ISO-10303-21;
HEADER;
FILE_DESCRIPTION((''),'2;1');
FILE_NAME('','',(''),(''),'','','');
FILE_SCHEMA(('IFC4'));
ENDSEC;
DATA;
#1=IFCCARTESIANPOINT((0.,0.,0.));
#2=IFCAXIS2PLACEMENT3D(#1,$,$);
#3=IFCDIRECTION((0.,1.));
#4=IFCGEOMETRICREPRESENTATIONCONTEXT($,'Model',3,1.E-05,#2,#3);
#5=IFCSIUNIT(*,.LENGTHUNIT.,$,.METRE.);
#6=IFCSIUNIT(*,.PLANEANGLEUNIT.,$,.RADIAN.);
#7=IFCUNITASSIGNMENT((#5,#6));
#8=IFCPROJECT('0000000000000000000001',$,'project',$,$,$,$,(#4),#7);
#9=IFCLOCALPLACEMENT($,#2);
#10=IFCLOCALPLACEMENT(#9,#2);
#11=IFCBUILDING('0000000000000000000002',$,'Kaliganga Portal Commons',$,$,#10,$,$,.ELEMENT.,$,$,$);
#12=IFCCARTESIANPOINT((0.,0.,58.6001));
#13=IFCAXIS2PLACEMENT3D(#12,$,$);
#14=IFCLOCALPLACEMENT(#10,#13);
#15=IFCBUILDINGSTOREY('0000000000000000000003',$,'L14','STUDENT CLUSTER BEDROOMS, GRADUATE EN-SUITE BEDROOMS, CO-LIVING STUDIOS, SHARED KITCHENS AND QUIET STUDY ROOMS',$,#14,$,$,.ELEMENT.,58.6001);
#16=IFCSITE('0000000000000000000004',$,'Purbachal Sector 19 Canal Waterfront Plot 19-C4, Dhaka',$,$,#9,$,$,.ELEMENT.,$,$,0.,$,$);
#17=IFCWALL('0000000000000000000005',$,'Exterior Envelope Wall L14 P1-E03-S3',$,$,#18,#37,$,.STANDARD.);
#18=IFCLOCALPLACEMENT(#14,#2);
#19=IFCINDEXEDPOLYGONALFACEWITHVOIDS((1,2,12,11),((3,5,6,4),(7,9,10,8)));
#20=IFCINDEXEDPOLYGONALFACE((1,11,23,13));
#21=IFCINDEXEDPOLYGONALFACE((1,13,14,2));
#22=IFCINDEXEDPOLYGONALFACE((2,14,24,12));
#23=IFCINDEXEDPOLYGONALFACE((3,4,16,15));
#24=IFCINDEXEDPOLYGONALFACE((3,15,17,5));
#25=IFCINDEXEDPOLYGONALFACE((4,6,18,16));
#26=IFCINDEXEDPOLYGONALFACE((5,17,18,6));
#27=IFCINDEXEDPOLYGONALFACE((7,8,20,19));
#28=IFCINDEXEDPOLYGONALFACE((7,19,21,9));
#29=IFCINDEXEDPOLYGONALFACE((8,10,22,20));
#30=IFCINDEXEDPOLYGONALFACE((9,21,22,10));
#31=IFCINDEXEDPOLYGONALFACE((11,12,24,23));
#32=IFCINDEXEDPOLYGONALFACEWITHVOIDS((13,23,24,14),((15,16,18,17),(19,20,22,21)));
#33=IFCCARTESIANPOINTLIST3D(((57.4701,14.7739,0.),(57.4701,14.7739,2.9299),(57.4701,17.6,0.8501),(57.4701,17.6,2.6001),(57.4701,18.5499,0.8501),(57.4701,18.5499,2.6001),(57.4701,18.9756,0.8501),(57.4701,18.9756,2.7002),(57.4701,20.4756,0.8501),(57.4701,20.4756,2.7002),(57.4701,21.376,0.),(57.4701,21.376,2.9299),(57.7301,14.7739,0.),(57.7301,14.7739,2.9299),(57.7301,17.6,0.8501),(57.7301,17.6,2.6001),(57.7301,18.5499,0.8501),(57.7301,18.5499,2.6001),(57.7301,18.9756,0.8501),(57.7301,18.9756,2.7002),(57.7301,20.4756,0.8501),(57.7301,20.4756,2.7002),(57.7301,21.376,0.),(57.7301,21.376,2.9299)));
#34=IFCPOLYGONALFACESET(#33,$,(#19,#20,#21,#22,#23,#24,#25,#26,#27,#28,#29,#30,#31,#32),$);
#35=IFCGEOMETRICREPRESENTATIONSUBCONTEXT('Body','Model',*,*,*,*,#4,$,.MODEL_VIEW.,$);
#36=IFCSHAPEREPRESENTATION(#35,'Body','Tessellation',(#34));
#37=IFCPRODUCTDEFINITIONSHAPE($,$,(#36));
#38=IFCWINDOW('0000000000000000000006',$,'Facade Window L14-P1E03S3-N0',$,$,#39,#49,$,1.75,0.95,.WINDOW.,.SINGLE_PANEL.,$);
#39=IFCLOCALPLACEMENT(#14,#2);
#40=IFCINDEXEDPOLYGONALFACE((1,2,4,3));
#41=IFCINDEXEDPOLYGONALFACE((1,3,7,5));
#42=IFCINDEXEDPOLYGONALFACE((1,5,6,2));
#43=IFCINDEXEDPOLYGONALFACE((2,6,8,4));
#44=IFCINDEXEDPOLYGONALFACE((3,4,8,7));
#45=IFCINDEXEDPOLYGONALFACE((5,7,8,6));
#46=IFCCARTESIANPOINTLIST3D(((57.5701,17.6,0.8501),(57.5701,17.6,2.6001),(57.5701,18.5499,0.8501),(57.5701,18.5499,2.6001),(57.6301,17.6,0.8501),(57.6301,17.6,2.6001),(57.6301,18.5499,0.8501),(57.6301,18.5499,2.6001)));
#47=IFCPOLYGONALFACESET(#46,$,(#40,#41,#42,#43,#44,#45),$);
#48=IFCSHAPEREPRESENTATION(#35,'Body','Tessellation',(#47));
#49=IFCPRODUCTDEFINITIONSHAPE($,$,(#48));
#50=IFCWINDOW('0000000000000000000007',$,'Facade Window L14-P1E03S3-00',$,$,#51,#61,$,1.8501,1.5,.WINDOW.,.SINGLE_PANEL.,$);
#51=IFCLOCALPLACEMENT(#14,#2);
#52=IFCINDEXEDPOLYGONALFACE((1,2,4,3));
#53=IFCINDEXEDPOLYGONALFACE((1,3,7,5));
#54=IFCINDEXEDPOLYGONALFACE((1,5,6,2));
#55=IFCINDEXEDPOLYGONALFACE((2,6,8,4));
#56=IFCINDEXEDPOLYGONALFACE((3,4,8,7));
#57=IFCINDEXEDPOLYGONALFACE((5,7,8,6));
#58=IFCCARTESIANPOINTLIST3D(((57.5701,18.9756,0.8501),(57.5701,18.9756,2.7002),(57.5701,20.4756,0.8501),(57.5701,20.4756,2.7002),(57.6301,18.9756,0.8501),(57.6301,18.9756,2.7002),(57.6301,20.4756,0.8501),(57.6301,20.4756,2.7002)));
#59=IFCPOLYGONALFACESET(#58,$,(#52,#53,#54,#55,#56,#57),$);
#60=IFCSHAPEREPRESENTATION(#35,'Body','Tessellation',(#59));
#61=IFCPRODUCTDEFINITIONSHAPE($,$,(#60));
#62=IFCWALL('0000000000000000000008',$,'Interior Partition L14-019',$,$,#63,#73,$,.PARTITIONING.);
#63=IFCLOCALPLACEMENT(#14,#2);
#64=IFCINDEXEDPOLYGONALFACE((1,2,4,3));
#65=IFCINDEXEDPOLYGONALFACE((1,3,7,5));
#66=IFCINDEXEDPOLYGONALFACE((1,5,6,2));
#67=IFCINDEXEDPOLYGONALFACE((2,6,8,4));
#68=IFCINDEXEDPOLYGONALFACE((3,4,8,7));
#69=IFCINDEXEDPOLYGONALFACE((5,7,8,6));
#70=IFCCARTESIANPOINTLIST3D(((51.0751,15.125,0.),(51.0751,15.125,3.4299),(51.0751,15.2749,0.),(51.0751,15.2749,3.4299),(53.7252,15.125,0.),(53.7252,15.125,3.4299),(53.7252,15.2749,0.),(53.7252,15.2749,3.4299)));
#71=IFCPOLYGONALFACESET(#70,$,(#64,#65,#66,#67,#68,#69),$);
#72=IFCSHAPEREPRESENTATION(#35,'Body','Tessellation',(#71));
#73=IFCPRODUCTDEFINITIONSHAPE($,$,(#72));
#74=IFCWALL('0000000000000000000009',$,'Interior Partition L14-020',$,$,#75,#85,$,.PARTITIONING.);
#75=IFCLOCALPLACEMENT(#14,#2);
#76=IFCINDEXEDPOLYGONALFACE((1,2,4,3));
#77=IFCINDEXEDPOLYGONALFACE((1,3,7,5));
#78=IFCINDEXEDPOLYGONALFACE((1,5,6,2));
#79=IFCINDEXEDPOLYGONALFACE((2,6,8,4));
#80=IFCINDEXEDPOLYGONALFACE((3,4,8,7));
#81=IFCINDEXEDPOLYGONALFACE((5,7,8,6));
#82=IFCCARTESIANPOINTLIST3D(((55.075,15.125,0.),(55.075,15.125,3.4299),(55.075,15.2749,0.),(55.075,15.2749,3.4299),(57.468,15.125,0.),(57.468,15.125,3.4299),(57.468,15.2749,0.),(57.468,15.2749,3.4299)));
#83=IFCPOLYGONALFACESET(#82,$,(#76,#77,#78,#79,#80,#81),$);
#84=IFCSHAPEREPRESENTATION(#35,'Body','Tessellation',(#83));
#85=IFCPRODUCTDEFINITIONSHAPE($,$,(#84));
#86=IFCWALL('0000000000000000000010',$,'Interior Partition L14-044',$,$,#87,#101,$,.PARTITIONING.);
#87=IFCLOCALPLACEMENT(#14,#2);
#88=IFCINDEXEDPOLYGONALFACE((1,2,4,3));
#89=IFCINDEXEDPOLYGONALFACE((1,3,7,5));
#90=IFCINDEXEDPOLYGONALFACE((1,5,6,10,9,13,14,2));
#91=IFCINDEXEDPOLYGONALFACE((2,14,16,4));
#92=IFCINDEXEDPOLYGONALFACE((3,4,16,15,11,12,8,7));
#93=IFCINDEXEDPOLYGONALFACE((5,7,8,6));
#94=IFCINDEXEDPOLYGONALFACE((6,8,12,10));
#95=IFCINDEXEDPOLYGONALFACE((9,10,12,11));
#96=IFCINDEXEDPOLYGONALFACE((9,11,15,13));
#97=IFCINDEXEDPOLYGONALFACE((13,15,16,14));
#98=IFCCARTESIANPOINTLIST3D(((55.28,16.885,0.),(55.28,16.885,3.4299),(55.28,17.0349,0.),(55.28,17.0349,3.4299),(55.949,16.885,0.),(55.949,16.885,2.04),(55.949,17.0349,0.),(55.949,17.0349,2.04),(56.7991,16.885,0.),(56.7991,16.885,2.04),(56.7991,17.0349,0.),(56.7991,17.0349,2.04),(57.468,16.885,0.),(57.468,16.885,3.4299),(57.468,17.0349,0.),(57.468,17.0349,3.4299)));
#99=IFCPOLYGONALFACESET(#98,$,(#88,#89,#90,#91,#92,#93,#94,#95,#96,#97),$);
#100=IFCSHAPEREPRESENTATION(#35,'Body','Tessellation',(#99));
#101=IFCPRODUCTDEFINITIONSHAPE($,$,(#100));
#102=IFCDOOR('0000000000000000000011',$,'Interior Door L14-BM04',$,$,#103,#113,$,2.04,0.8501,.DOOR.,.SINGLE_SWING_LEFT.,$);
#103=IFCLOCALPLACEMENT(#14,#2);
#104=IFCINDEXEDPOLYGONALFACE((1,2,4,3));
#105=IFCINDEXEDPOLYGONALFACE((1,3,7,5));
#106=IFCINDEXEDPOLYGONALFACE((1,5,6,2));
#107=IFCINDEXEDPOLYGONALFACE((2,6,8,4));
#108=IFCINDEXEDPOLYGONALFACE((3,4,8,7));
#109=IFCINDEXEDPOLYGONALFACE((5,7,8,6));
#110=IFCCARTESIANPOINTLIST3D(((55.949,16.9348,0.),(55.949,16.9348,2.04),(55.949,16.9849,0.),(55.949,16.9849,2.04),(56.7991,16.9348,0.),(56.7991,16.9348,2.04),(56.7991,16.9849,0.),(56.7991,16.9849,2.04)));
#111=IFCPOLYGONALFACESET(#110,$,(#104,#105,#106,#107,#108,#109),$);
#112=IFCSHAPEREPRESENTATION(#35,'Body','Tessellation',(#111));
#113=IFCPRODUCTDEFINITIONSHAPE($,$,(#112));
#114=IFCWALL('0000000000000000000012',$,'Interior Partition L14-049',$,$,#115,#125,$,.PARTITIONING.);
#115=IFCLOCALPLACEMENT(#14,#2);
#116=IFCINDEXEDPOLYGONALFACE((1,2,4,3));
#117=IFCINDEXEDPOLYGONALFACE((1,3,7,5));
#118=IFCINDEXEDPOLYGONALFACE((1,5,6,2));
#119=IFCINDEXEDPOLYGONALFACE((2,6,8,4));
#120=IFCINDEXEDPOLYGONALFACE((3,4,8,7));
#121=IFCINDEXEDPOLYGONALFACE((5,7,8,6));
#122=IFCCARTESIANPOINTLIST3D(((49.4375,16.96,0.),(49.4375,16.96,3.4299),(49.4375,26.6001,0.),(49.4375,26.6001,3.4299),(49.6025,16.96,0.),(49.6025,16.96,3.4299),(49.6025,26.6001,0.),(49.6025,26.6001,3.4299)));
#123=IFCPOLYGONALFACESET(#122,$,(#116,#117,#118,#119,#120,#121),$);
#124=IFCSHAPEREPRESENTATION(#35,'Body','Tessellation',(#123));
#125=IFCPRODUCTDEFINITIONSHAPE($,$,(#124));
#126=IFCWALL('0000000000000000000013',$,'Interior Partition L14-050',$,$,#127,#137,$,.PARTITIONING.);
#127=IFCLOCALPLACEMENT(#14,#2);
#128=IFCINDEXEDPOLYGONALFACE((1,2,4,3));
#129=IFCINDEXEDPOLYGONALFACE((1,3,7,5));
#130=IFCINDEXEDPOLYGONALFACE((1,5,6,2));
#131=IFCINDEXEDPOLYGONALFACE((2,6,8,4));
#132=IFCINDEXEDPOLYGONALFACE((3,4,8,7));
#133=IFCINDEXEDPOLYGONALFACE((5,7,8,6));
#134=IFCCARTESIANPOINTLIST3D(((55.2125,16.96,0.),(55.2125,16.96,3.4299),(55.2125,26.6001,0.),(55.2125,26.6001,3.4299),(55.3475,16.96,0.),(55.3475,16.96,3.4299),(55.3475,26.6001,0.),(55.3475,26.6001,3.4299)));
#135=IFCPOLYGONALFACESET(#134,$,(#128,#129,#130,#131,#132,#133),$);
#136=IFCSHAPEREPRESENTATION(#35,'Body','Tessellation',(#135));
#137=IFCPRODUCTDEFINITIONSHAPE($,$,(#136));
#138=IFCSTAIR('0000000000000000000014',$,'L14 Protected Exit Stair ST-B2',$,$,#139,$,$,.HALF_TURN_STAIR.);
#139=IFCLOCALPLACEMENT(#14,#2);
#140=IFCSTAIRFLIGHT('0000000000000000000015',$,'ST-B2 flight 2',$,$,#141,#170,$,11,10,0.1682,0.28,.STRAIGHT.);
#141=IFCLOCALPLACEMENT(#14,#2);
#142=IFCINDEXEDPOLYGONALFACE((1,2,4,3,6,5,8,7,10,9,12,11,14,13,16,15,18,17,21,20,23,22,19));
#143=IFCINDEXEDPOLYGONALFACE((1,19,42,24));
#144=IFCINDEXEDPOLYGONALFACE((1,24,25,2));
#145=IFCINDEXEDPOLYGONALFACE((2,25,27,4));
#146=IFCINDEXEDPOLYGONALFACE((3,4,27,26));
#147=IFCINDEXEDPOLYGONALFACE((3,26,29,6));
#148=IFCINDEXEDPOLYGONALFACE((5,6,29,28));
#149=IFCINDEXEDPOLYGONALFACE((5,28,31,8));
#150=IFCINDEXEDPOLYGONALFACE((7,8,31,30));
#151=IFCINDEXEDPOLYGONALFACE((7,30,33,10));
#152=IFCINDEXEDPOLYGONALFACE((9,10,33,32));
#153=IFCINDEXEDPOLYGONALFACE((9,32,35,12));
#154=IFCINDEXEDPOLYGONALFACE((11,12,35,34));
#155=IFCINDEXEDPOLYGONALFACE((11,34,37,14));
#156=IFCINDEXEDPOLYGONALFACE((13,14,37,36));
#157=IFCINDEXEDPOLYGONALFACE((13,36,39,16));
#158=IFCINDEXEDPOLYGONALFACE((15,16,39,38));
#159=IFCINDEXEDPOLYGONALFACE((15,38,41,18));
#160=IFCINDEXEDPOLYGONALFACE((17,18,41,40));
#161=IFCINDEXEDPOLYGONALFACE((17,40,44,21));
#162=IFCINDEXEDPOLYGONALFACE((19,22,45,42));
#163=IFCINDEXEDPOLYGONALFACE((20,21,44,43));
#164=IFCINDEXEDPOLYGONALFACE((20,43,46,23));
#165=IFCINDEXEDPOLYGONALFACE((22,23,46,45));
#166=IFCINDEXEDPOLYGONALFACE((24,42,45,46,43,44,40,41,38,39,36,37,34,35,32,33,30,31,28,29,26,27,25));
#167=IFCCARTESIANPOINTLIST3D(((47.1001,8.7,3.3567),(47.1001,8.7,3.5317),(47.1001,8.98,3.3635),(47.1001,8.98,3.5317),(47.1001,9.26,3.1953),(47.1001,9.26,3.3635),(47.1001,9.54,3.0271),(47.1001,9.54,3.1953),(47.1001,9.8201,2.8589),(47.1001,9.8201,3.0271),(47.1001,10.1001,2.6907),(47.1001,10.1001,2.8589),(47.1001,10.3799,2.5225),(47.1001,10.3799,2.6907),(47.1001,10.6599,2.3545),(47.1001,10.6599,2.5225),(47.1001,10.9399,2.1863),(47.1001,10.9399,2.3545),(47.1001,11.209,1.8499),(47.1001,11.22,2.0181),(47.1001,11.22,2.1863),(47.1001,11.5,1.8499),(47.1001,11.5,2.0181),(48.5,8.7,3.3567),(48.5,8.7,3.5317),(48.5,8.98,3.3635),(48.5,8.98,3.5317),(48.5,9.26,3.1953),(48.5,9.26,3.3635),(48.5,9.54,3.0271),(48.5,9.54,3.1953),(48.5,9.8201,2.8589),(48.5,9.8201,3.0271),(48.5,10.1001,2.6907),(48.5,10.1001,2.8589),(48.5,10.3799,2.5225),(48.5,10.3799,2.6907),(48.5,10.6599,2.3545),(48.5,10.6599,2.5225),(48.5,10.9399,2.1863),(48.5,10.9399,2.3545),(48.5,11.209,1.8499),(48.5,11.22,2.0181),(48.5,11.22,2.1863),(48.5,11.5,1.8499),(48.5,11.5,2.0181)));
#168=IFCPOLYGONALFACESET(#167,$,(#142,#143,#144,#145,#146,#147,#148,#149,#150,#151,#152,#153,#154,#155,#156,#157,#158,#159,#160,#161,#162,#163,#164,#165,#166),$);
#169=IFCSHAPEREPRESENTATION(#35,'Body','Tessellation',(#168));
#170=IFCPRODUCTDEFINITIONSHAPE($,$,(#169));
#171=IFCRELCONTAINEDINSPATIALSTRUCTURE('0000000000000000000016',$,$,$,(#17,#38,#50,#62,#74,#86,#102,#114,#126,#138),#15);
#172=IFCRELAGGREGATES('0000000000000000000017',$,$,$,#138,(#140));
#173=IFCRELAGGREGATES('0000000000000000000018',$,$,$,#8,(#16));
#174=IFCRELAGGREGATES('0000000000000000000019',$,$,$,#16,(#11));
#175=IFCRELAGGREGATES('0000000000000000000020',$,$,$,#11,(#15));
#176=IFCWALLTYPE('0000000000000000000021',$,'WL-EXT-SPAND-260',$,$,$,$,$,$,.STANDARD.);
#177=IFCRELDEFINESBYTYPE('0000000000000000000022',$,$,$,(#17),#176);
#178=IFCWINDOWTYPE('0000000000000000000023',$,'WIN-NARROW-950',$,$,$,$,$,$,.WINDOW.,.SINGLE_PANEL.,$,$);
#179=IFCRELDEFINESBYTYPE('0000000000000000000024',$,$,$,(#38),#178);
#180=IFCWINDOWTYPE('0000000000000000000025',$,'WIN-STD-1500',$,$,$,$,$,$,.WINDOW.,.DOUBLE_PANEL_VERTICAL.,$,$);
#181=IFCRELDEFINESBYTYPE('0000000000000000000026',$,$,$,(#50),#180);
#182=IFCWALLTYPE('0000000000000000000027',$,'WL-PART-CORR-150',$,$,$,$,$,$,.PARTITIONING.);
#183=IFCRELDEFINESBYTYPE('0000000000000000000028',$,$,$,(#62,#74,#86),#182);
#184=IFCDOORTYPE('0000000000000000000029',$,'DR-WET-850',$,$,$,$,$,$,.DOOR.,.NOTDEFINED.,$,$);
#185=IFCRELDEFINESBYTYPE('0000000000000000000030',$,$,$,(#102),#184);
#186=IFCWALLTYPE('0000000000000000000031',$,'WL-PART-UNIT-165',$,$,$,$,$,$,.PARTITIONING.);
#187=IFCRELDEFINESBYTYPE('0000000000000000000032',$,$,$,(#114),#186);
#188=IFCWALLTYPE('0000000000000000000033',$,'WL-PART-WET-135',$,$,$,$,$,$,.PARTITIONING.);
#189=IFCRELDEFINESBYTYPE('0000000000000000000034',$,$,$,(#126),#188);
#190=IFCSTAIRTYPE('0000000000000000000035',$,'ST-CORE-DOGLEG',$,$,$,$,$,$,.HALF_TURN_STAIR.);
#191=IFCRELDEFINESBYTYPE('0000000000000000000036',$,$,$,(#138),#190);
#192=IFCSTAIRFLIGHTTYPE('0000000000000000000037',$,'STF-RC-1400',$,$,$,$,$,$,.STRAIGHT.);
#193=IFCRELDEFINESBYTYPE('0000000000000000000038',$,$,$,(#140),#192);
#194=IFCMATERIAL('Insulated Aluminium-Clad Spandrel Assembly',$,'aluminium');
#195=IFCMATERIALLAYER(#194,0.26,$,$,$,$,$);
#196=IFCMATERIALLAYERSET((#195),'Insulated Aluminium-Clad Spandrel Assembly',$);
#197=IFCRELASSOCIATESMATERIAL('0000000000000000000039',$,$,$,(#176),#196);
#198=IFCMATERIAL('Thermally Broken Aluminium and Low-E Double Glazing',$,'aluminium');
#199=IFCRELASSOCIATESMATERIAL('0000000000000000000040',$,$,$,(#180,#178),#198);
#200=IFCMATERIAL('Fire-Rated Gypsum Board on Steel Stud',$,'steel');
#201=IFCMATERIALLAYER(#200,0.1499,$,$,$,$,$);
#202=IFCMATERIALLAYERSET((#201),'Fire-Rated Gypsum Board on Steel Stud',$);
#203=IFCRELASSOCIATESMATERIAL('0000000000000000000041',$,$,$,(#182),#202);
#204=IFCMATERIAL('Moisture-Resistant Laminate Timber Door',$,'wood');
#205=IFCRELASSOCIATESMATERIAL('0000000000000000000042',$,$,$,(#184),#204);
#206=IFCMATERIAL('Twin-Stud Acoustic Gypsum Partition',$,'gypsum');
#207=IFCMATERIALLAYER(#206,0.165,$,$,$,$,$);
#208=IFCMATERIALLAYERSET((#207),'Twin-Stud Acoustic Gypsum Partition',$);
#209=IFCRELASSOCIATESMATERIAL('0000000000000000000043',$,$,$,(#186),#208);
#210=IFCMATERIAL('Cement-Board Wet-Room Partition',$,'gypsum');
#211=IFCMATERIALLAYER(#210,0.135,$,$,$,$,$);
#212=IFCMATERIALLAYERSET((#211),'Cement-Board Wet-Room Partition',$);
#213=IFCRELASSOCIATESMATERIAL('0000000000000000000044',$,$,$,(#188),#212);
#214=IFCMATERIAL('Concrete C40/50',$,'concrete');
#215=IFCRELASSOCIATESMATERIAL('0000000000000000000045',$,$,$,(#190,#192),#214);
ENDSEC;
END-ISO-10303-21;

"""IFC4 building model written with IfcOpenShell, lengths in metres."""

from ifc_helpers import new_model, si_unit, direction, frame, frame_2d, origin, place, context, subcontext, project, spatial, polyline, rectangle, outline, extrude, material, layer, layer_set, type_object, element, fill, aggregate, save


model = new_model("IFC4")

# Units and contexts
model_context = context("Model", 3, precision=1e-05, world=origin(), true_north=direction((0.0, 1.0)))
body_context = subcontext(model_context, "Body", "Model", "MODEL_VIEW")
ifc_project = project(units=[si_unit("LENGTHUNIT", "METRE"), si_unit("PLANEANGLEUNIT", "RADIAN")], contexts=[model_context])

# Site, building, storey
site_placement = place(None, origin())
site = spatial("IfcSite", under=ifc_project, at=site_placement, Name="Purbachal Sector 19 Canal Waterfront Plot 19-C4, Dhaka", CompositionType="ELEMENT", RefElevation=0.0)
building_placement = place(site_placement, origin())
building = spatial("IfcBuilding", under=site, at=building_placement, Name="Kaliganga Portal Commons", CompositionType="ELEMENT")
storey_placement = place(building_placement, frame((0.0, 0.0, 58.6001)))
storey = spatial("IfcBuildingStorey", under=building, at=storey_placement, Name="L14", Description="STUDENT CLUSTER BEDROOMS, GRADUATE EN-SUITE BEDROOMS, CO-LIVING STUDIOS, SHARED KITCHENS AND QUIET STUDY ROOMS", CompositionType="ELEMENT", Elevation=58.6001)

# Shared definitions
ifc_material_1 = material(Name="Insulated Aluminium-Clad Spandrel Assembly", Category="aluminium")
ifc_layer_1 = layer(ifc_material_1, 0.26)
ifc_layer_set_1 = layer_set([ifc_layer_1], Name="Insulated Aluminium-Clad Spandrel Assembly")
wall_type_1 = type_object("IfcWallType", Name="WL-EXT-SPAND-260", PredefinedType="STANDARD", material=ifc_layer_set_1)
ifc_material_2 = material(Name="Thermally Broken Aluminium and Low-E Double Glazing", Category="aluminium")
window_type_1 = type_object("IfcWindowType", Name="WIN-STD-1500", PartitioningType="DOUBLE_PANEL_VERTICAL", PredefinedType="WINDOW", material=ifc_material_2)

# Wall, openings, windows
wall_1_placement = place(storey_placement, frame((57.6001, 21.376, 0.0), z_axis=(0.0, 0.0, 1.0), x_axis=(0.0, -1.0, 0.0)))
wall_1 = element("IfcWall", 1, at=wall_1_placement, inside=storey, type_object=wall_type_1, Name="Exterior Envelope Wall L14 P1-E03-S3", PredefinedType="STANDARD", context=body_context, shape_type="SweptSolid", body=[
    extrude(rectangle(XDim=6.6021, YDim=0.26, at=frame_2d((3.301, 0.0))), origin(), (0.0, 0.0, 1.0), 2.9299),
])
opening_1_placement = place(wall_1_placement, frame((0.9004, 0.0, 0.8501)))
opening_1 = element("IfcOpeningElement", 2, at=opening_1_placement, cuts=wall_1, PredefinedType="OPENING", context=body_context, shape_type="SweptSolid", body=[
    extrude(rectangle(XDim=1.5, YDim=1.8501, at=frame_2d((0.75, 0.925))), frame((0.0, 0.1401, 0.0), z_axis=(0.0, -1.0, 0.0), x_axis=(1.0, 0.0, 0.0)), (0.0, 0.0, 1.0), 0.28),
])
opening_2_placement = place(wall_1_placement, frame((2.8259, 0.0, 0.8501)))
opening_2 = element("IfcOpeningElement", 3, at=opening_2_placement, cuts=wall_1, PredefinedType="OPENING", context=body_context, shape_type="SweptSolid", body=[
    extrude(rectangle(XDim=0.95, YDim=1.75, at=frame_2d((0.4751, 0.875))), frame((0.0, 0.1401, 0.0), z_axis=(0.0, -1.0, 0.0), x_axis=(1.0, 0.0, 0.0)), (0.0, 0.0, 1.0), 0.28),
])
window_type_2 = type_object("IfcWindowType", Name="WIN-NARROW-950", PartitioningType="SINGLE_PANEL", PredefinedType="WINDOW", material=ifc_material_2)
window_1_placement = place(opening_2_placement, origin())
window_1 = element("IfcWindow", 4, at=window_1_placement, inside=storey, type_object=window_type_2, Name="Facade Window L14-P1E03S3-N0", OverallHeight=1.75, OverallWidth=0.95, PartitioningType="SINGLE_PANEL", PredefinedType="WINDOW", context=body_context, shape_type="SweptSolid", body=[
    extrude(rectangle(XDim=0.95, YDim=1.75, at=frame_2d((0.4751, 0.875))), frame((0.0, 0.03, 0.0), z_axis=(0.0, -1.0, 0.0), x_axis=(1.0, 0.0, 0.0)), (0.0, 0.0, 1.0), 0.0601),
])
fill(opening_2, window_1)
window_2_placement = place(opening_1_placement, origin())
window_2 = element("IfcWindow", 5, at=window_2_placement, inside=storey, type_object=window_type_1, Name="Facade Window L14-P1E03S3-00", OverallHeight=1.8501, OverallWidth=1.5, PartitioningType="SINGLE_PANEL", PredefinedType="WINDOW", context=body_context, shape_type="SweptSolid", body=[
    extrude(rectangle(XDim=1.5, YDim=1.8501, at=frame_2d((0.75, 0.925))), frame((0.0, 0.03, 0.0), z_axis=(0.0, -1.0, 0.0), x_axis=(1.0, 0.0, 0.0)), (0.0, 0.0, 1.0), 0.0601),
])
fill(opening_1, window_2)

# Walls
ifc_material_3 = material(Name="Fire-Rated Gypsum Board on Steel Stud", Category="steel")
ifc_layer_2 = layer(ifc_material_3, 0.1499)
ifc_layer_set_2 = layer_set([ifc_layer_2], Name="Fire-Rated Gypsum Board on Steel Stud")
wall_type_2 = type_object("IfcWallType", Name="WL-PART-CORR-150", PredefinedType="PARTITIONING", material=ifc_layer_set_2)
wall_2_placement = place(storey_placement, frame((51.075, 15.2, 0.0), z_axis=(0.0, 0.0, 1.0), x_axis=(1.0, 0.0, 0.0)))
element("IfcWall", 6, at=wall_2_placement, inside=storey, type_object=wall_type_2, Name="Interior Partition L14-019", PredefinedType="PARTITIONING", context=body_context, shape_type="SweptSolid", body=[
    extrude(rectangle(XDim=2.6501, YDim=0.1499, at=frame_2d((1.3252, 0.0))), origin(), (0.0, 0.0, 1.0), 3.4299),
])
wall_3_placement = place(storey_placement, frame((55.075, 15.2, 0.0), z_axis=(0.0, 0.0, 1.0), x_axis=(1.0, 0.0, 0.0)))
element("IfcWall", 7, at=wall_3_placement, inside=storey, type_object=wall_type_2, Name="Interior Partition L14-020", PredefinedType="PARTITIONING", context=body_context, shape_type="SweptSolid", body=[
    extrude(rectangle(XDim=2.3931, YDim=0.1499, at=frame_2d((1.1965, 0.0))), origin(), (0.0, 0.0, 1.0), 3.4299),
])

# Wall, opening, door
wall_4_placement = place(storey_placement, frame((55.28, 16.96, 0.0), z_axis=(0.0, 0.0, 1.0), x_axis=(1.0, 0.0, 0.0)))
wall_4 = element("IfcWall", 8, at=wall_4_placement, inside=storey, type_object=wall_type_2, Name="Interior Partition L14-044", PredefinedType="PARTITIONING", context=body_context, shape_type="SweptSolid", body=[
    extrude(rectangle(XDim=2.188, YDim=0.1499, at=frame_2d((1.094, 0.0))), origin(), (0.0, 0.0, 1.0), 3.4299),
])
opening_3_placement = place(wall_4_placement, frame((0.6689, 0.0, 0.0)))
opening_3 = element("IfcOpeningElement", 9, at=opening_3_placement, cuts=wall_4, PredefinedType="OPENING", context=body_context, shape_type="SweptSolid", body=[
    extrude(rectangle(XDim=0.8501, YDim=2.04, at=frame_2d((0.425, 1.02))), frame((0.0, 0.085, 0.0), z_axis=(0.0, -1.0, 0.0), x_axis=(1.0, 0.0, 0.0)), (0.0, 0.0, 1.0), 0.1699),
])
ifc_material_4 = material(Name="Moisture-Resistant Laminate Timber Door", Category="wood")
door_type_1 = type_object("IfcDoorType", Name="DR-WET-850", OperationType="NOTDEFINED", PredefinedType="DOOR", material=ifc_material_4)
door_1_placement = place(opening_3_placement, origin())
door_1 = element("IfcDoor", 10, at=door_1_placement, inside=storey, type_object=door_type_1, Name="Interior Door L14-BM04", OperationType="SINGLE_SWING_LEFT", OverallHeight=2.04, OverallWidth=0.8501, PredefinedType="DOOR", context=body_context, shape_type="SweptSolid", body=[
    extrude(rectangle(XDim=0.8501, YDim=2.04, at=frame_2d((0.425, 1.02))), frame((0.0, 0.0249, 0.0), z_axis=(0.0, -1.0, 0.0), x_axis=(1.0, 0.0, 0.0)), (0.0, 0.0, 1.0), 0.05),
])
fill(opening_3, door_1)

# Walls
ifc_material_5 = material(Name="Twin-Stud Acoustic Gypsum Partition", Category="gypsum")
ifc_layer_3 = layer(ifc_material_5, 0.165)
ifc_layer_set_3 = layer_set([ifc_layer_3], Name="Twin-Stud Acoustic Gypsum Partition")
wall_type_3 = type_object("IfcWallType", Name="WL-PART-UNIT-165", PredefinedType="PARTITIONING", material=ifc_layer_set_3)
wall_5_placement = place(storey_placement, frame((49.52, 16.96, 0.0), z_axis=(0.0, 0.0, 1.0), x_axis=(0.0, 1.0, 0.0)))
element("IfcWall", 11, at=wall_5_placement, inside=storey, type_object=wall_type_3, Name="Interior Partition L14-049", PredefinedType="PARTITIONING", context=body_context, shape_type="SweptSolid", body=[
    extrude(rectangle(XDim=9.6401, YDim=0.165, at=frame_2d((4.8201, 0.0))), origin(), (0.0, 0.0, 1.0), 3.4299),
])
ifc_material_6 = material(Name="Cement-Board Wet-Room Partition", Category="gypsum")
ifc_layer_4 = layer(ifc_material_6, 0.135)
ifc_layer_set_4 = layer_set([ifc_layer_4], Name="Cement-Board Wet-Room Partition")
wall_type_4 = type_object("IfcWallType", Name="WL-PART-WET-135", PredefinedType="PARTITIONING", material=ifc_layer_set_4)
wall_6_placement = place(storey_placement, frame((55.28, 16.96, 0.0), z_axis=(0.0, 0.0, 1.0), x_axis=(0.0, 1.0, 0.0)))
element("IfcWall", 12, at=wall_6_placement, inside=storey, type_object=wall_type_4, Name="Interior Partition L14-050", PredefinedType="PARTITIONING", context=body_context, shape_type="SweptSolid", body=[
    extrude(rectangle(XDim=9.6401, YDim=0.135, at=frame_2d((4.8201, 0.0))), origin(), (0.0, 0.0, 1.0), 3.4299),
])

# Stair, stair flight
ifc_material_7 = material(Name="Concrete C40/50", Category="concrete")
stair_type = type_object("IfcStairType", Name="ST-CORE-DOGLEG", PredefinedType="HALF_TURN_STAIR", material=ifc_material_7)
stair_placement = place(storey_placement, origin())
stair = element("IfcStair", 13, at=stair_placement, inside=storey, type_object=stair_type, Name="L14 Protected Exit Stair ST-B2", PredefinedType="HALF_TURN_STAIR")
stair_flight_type = type_object("IfcStairFlightType", Name="STF-RC-1400", PredefinedType="STRAIGHT", material=ifc_material_7)
stair_flight_placement = place(storey_placement, frame((47.8, 11.5, 1.8499), z_axis=(0.0, 0.0, 1.0), x_axis=(0.0, -1.0, 0.0)))
stair_flight = element("IfcStairFlight", 14, at=stair_flight_placement, type_object=stair_flight_type, Name="ST-B2 flight 2", NumberOfRisers=11, NumberOfTreads=10, PredefinedType="STRAIGHT", RiserHeight=0.1682, TreadLength=0.28, context=body_context, shape_type="SweptSolid", body=[
    extrude(outline(polyline([(0.0, 0.0), (0.0, 0.1682), (0.28, 0.1682), (0.28, 0.3364), (0.5601, 0.3364), (0.5601, 0.5046), (0.8401, 0.5046), (0.8401, 0.6726), (1.1201, 0.6726), (1.1201, 0.8408), (1.3999, 0.8408), (1.3999, 1.009), (1.6799, 1.009), (1.6799, 1.1772), (1.96, 1.1772), (1.96, 1.3455), (2.24, 1.3455), (2.24, 1.5137), (2.52, 1.5137), (2.52, 1.6819), (2.8, 1.6819), (2.8, 1.8501), (2.8, 1.5068), (0.291, 0.0), (0.0, 0.0)])), frame((0.0, 0.7, 0.0), z_axis=(0.0, -1.0, 0.0), x_axis=(1.0, 0.0, 0.0)), (0.0, 0.0, 1.0), 1.3999),
])
aggregate(stair, [stair_flight])

save(model, "model.ifc")
